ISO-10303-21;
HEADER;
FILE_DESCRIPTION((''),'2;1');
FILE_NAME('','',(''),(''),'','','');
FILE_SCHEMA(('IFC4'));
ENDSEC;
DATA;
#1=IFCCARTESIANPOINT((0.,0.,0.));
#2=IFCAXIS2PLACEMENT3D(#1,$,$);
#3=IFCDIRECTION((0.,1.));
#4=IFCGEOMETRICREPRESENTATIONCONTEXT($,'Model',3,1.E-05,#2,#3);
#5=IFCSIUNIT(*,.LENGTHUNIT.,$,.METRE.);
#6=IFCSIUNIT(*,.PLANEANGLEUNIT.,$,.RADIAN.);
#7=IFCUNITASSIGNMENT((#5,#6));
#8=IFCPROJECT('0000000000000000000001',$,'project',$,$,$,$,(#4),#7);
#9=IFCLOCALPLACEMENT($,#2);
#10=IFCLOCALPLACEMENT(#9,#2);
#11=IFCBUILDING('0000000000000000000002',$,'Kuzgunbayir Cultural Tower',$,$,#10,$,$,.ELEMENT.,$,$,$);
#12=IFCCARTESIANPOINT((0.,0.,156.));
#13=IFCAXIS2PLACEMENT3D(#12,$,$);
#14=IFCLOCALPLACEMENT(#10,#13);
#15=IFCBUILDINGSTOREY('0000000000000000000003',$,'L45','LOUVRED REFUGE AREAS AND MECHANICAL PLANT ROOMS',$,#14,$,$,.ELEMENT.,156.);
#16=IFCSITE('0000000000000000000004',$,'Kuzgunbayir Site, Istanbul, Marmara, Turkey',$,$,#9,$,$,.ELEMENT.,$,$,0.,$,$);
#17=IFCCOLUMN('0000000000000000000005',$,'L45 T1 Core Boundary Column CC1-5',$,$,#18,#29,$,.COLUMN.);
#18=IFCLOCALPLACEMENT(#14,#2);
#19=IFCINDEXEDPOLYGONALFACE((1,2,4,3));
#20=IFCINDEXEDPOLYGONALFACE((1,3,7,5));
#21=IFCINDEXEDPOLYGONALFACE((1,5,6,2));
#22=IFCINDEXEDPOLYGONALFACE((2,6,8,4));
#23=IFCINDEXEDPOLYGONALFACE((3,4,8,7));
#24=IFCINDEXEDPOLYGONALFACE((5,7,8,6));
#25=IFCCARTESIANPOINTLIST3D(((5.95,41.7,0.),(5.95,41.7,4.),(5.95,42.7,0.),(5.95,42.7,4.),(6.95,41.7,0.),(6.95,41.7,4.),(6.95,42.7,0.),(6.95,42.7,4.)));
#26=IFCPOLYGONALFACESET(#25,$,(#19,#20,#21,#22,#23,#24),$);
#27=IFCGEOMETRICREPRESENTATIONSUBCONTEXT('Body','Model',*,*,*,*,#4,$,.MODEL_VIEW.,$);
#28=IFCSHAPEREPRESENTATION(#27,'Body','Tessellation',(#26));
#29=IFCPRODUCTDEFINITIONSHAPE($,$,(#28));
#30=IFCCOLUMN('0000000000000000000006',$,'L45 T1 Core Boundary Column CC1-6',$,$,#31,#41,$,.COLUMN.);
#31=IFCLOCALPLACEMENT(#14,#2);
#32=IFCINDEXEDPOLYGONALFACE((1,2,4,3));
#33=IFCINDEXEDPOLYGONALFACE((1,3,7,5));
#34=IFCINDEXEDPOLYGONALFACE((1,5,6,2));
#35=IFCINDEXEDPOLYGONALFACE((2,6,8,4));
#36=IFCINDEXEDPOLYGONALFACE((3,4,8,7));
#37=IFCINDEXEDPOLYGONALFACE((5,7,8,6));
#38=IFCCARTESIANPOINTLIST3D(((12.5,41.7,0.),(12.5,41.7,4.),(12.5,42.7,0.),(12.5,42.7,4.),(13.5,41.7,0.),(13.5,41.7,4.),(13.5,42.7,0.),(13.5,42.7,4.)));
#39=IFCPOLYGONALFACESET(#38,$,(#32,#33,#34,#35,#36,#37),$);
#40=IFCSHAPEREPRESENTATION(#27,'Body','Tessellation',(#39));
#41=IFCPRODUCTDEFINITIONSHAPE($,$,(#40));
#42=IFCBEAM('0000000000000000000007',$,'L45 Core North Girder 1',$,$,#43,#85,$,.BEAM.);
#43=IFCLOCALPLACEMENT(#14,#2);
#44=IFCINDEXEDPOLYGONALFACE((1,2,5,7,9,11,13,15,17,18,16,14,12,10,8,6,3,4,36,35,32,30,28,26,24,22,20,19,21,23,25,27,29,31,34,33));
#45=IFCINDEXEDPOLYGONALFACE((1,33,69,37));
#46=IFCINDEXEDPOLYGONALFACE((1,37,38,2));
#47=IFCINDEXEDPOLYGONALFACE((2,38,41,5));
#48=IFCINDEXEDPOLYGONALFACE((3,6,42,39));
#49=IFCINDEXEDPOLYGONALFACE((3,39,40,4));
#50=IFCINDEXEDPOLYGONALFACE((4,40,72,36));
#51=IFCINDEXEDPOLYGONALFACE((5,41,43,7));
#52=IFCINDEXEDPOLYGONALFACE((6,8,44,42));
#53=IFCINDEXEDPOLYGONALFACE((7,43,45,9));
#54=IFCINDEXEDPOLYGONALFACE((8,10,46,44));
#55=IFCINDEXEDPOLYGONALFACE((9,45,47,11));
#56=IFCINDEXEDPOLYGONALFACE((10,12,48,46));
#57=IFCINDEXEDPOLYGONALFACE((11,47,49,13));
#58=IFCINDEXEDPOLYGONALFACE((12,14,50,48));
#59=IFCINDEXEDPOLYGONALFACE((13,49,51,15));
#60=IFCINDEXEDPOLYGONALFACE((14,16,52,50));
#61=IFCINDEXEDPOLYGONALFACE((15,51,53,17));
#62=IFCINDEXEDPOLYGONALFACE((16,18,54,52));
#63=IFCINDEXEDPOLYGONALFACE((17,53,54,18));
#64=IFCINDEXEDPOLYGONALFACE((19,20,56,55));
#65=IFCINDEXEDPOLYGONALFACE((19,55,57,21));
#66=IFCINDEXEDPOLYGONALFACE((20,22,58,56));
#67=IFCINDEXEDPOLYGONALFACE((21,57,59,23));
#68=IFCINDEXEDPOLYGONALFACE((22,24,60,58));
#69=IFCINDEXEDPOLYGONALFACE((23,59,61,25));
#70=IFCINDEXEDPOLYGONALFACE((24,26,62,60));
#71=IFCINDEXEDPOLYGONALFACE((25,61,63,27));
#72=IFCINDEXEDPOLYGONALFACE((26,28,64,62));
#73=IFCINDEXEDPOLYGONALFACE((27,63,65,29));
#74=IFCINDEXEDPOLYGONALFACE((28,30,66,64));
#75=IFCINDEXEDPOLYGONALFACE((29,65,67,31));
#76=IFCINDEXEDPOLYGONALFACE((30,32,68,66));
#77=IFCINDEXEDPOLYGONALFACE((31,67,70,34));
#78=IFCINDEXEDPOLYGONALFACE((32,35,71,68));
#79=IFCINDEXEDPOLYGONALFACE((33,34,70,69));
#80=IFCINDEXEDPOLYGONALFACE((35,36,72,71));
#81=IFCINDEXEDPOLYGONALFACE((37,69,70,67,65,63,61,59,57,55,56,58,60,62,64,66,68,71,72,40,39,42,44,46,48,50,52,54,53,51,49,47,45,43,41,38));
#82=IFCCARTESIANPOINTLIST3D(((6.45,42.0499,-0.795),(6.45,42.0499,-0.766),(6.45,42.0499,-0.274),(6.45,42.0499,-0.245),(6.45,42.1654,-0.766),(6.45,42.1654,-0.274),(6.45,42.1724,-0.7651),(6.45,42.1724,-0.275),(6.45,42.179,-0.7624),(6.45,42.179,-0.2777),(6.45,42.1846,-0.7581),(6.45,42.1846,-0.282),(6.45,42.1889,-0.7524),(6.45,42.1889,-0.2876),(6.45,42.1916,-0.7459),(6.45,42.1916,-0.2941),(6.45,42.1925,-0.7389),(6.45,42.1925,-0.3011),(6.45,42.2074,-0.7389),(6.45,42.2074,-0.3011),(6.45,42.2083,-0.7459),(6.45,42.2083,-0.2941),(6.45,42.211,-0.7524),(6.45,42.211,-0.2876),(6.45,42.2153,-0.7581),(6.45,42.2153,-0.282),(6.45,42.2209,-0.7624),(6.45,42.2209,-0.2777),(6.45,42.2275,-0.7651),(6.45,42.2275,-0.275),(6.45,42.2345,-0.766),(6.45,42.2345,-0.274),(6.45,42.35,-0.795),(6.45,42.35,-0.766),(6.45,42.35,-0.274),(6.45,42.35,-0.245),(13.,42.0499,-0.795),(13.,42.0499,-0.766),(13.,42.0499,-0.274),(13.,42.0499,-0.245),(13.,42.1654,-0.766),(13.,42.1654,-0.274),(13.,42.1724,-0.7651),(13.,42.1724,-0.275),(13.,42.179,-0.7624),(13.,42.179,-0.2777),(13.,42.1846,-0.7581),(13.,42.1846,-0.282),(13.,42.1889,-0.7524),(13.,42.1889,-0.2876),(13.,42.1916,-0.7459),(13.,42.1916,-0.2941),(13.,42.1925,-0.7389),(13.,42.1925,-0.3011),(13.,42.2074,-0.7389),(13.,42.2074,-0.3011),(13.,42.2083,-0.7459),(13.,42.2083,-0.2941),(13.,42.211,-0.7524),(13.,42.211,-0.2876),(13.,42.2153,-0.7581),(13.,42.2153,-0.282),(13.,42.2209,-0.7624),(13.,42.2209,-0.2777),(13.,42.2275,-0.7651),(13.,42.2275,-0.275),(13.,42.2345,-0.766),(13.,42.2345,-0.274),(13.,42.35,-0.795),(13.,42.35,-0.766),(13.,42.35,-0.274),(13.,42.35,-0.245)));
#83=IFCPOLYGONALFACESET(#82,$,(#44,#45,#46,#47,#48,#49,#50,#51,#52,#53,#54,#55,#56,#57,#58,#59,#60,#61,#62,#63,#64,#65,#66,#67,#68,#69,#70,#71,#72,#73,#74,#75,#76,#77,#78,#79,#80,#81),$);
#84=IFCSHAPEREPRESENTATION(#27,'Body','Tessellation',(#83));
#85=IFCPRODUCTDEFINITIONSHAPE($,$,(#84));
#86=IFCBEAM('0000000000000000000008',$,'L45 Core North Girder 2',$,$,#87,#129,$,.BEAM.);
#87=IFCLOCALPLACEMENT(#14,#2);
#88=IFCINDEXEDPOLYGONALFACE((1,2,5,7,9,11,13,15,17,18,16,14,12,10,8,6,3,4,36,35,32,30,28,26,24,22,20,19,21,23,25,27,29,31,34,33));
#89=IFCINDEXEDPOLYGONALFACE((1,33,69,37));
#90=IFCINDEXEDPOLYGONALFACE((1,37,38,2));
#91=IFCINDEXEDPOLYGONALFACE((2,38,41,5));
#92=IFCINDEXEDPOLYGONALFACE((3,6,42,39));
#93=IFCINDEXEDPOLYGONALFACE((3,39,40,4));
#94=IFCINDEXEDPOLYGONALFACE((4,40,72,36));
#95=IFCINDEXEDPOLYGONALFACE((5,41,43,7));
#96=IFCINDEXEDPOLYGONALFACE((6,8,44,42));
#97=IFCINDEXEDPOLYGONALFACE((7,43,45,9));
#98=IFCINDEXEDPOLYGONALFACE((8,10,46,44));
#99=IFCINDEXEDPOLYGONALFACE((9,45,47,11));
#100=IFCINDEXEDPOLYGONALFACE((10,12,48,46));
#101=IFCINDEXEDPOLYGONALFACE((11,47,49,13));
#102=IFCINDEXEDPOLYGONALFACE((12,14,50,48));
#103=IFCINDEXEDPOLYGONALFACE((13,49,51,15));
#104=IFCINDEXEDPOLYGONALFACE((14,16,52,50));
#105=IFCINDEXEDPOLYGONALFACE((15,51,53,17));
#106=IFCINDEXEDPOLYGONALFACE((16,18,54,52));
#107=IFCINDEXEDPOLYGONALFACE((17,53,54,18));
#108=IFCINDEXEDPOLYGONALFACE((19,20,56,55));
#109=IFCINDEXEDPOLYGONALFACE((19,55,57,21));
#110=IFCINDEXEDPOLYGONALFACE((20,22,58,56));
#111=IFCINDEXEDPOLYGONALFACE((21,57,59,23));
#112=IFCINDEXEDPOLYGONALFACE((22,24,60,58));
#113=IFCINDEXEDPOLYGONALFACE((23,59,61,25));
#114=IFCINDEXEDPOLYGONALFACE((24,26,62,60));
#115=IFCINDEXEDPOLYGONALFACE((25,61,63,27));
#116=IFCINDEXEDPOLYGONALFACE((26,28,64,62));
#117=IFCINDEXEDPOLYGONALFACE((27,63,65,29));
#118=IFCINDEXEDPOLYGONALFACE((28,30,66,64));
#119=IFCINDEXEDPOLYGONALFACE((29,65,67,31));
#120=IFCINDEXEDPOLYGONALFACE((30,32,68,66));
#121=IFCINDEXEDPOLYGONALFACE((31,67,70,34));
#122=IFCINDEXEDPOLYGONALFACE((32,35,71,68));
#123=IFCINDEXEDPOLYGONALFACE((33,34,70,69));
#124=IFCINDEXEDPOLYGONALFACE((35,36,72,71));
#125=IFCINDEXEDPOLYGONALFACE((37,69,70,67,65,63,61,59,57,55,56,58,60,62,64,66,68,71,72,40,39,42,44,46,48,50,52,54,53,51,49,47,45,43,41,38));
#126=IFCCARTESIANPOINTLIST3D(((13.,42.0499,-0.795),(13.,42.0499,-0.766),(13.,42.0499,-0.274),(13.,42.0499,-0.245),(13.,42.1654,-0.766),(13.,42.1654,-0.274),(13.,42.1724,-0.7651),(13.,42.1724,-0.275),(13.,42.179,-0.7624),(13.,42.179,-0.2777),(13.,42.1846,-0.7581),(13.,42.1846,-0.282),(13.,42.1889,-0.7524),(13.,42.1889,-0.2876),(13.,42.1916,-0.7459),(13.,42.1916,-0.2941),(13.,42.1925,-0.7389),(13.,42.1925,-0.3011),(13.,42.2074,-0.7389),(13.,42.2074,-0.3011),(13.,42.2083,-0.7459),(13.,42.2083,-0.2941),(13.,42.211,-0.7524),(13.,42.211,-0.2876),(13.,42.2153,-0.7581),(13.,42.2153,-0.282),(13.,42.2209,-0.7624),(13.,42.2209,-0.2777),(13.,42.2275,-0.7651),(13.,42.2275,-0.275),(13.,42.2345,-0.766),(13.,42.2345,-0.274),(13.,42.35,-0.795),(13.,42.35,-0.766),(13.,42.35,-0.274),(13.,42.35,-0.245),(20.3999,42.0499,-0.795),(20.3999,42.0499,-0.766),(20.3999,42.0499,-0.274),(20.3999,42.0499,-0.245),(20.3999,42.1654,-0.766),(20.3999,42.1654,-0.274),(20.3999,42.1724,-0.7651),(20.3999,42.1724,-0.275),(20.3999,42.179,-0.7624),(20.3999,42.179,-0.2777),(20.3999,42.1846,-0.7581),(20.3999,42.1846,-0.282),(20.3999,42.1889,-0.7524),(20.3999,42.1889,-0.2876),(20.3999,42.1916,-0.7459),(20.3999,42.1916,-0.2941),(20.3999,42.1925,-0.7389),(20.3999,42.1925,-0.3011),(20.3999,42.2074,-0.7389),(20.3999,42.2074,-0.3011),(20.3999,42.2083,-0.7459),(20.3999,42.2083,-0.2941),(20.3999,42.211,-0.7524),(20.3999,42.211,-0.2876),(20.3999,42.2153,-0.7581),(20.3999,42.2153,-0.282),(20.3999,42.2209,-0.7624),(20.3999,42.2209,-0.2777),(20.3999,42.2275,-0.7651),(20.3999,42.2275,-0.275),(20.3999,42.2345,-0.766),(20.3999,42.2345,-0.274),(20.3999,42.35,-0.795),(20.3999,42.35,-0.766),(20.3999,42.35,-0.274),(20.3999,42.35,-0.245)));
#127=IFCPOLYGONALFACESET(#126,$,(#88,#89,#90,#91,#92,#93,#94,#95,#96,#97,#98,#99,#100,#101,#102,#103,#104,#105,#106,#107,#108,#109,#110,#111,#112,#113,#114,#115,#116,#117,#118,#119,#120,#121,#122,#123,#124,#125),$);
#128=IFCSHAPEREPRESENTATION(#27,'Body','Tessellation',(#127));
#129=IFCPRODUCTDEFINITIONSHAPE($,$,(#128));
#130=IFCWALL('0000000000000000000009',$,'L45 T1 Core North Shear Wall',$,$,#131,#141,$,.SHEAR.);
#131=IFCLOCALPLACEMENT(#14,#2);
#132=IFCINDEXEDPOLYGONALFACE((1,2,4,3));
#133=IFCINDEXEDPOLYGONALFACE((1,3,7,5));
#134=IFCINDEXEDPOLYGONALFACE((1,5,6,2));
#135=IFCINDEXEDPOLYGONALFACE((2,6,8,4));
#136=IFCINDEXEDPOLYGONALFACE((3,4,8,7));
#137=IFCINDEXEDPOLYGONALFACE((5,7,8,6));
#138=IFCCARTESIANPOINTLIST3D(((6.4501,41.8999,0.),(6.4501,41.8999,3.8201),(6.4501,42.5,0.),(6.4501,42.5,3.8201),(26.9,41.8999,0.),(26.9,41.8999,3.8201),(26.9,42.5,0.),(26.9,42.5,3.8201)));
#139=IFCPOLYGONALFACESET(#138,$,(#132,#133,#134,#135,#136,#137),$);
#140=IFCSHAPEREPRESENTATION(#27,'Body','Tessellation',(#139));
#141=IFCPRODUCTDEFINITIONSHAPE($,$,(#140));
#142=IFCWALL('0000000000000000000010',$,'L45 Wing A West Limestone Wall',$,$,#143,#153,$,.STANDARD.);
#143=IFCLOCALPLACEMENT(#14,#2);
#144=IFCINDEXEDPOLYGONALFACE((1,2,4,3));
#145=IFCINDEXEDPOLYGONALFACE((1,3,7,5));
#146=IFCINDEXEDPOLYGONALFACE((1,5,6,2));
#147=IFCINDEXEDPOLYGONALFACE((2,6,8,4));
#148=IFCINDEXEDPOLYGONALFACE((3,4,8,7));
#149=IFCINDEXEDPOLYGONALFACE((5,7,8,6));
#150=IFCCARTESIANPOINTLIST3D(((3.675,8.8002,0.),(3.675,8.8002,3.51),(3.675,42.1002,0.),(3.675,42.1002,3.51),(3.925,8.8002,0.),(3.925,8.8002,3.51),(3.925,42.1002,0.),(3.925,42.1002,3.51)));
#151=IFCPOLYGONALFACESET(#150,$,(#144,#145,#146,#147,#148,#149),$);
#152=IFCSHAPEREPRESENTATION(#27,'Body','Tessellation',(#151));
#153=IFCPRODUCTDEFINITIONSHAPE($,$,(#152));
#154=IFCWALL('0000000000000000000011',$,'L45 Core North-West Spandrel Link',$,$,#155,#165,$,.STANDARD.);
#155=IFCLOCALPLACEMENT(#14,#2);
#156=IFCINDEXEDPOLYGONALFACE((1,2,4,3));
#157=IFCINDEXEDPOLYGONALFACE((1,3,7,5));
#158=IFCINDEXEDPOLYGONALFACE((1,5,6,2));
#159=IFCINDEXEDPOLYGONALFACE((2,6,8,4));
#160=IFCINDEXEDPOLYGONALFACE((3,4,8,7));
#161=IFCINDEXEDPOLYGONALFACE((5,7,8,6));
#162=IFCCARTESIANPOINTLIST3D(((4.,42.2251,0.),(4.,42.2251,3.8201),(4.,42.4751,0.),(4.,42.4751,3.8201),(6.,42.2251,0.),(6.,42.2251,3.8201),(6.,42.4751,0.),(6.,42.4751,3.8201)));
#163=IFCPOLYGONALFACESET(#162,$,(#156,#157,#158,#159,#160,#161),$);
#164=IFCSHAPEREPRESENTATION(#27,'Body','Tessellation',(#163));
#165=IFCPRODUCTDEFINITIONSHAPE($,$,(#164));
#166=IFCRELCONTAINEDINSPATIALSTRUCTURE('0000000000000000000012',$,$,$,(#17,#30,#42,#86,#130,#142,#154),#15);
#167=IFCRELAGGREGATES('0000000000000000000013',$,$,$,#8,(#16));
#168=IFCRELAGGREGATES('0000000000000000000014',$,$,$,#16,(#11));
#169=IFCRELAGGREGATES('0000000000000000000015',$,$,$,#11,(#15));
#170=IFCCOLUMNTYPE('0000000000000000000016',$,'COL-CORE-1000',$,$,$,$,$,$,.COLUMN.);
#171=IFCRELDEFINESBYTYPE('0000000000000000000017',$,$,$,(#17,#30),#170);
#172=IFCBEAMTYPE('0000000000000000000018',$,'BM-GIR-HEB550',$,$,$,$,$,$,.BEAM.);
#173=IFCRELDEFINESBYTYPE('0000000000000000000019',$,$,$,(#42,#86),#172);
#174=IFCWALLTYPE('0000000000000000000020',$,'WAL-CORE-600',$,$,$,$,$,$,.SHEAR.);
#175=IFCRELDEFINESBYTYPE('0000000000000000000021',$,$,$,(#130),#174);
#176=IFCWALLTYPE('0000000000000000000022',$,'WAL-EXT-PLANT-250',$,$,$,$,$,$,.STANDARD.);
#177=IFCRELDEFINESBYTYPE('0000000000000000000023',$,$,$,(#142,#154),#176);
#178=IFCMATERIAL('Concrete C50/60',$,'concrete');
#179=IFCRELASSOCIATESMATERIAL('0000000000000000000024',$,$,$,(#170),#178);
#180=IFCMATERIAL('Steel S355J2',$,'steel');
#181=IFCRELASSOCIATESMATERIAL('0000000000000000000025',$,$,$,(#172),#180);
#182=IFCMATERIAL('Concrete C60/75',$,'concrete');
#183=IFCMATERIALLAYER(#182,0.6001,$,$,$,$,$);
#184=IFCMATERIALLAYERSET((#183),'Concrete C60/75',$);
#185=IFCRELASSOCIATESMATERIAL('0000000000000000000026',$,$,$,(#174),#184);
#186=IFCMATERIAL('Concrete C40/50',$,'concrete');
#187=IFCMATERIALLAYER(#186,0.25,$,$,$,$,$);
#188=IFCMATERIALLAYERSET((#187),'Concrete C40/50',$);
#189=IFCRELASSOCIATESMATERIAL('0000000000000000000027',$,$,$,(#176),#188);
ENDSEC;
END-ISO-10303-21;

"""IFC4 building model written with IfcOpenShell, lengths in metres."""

from ifc_helpers import new_model, si_unit, direction, frame, frame_2d, origin, origin_2d, place, context, subcontext, project, spatial, rectangle, i_section, extrude, material, layer, layer_set, material_profile, profile_set, type_object, element, save


model = new_model("IFC4")

# Units and contexts
model_context = context("Model", 3, precision=1e-05, world=origin(), true_north=direction((0.0, 1.0)))
body_context = subcontext(model_context, "Body", "Model", "MODEL_VIEW")
ifc_project = project(units=[si_unit("LENGTHUNIT", "METRE"), si_unit("PLANEANGLEUNIT", "RADIAN")], contexts=[model_context])

# Site, building, storey
site_placement = place(None, origin())
site = spatial("IfcSite", under=ifc_project, at=site_placement, Name="Kuzgunbayir Site, Istanbul, Marmara, Turkey", CompositionType="ELEMENT", RefElevation=0.0)
building_placement = place(site_placement, origin())
building = spatial("IfcBuilding", under=site, at=building_placement, Name="Kuzgunbayir Cultural Tower", CompositionType="ELEMENT")
storey_placement = place(building_placement, frame((0.0, 0.0, 156.0)))
storey = spatial("IfcBuildingStorey", under=building, at=storey_placement, Name="L45", Description="LOUVRED REFUGE AREAS AND MECHANICAL PLANT ROOMS", CompositionType="ELEMENT", Elevation=156.0)

# Columns
ifc_material_1 = material(Name="Concrete C50/60", Category="concrete")
ifc_material_profile_1 = material_profile(ifc_material_1, rectangle(XDim=1.0, YDim=1.0, at=origin_2d()), Name="RC 1000x1000")
ifc_profile_set_1 = profile_set([ifc_material_profile_1], Name="Concrete C50/60")
column_type = type_object("IfcColumnType", Name="COL-CORE-1000", PredefinedType="COLUMN", material=ifc_profile_set_1)
for number, where, z_axis, x_axis, name in (
    (1, (6.45, 42.2, 0.0), (0.0, 0.0, 1.0), (1.0, 0.0, 0.0), "L45 T1 Core Boundary Column CC1-5"),
    (2, (13.0, 42.2, 0.0), (0.0, 0.0, 1.0), (1.0, 0.0, 0.0), "L45 T1 Core Boundary Column CC1-6"),
):
    element("IfcColumn", number, at=place(storey_placement, frame(where, z_axis=z_axis, x_axis=x_axis)), inside=storey, type_object=column_type, Name=name, PredefinedType="COLUMN", context=body_context, shape_type="SweptSolid", body=[
        extrude(rectangle(XDim=1.0, YDim=1.0, at=origin_2d()), origin(), (0.0, 0.0, 1.0), 4.0),
    ])

# Beams
ifc_material_2 = material(Name="Steel S355J2", Category="steel")
ifc_material_profile_2 = material_profile(ifc_material_2, i_section(OverallWidth=0.3, OverallDepth=0.55, WebThickness=0.0149, FlangeThickness=0.0291, FilletRadius=0.0271, at=origin_2d()), Name="HEB 550")
ifc_profile_set_2 = profile_set([ifc_material_profile_2], Name="Steel S355J2")
beam_type = type_object("IfcBeamType", Name="BM-GIR-HEB550", PredefinedType="BEAM", material=ifc_profile_set_2)
beam_1_placement = place(storey_placement, frame((6.45, 42.2, -0.52), z_axis=(1.0, 0.0, 0.0), x_axis=(0.0, 1.0, 0.0)))
element("IfcBeam", 3, at=beam_1_placement, inside=storey, type_object=beam_type, Name="L45 Core North Girder 1", PredefinedType="BEAM", context=body_context, shape_type="SweptSolid", body=[
    extrude(i_section(OverallWidth=0.3, OverallDepth=0.55, WebThickness=0.0149, FlangeThickness=0.0291, FilletRadius=0.0271, at=origin_2d()), origin(), (0.0, 0.0, 1.0), 6.55),
])
beam_2_placement = place(storey_placement, frame((13.0, 42.2, -0.52), z_axis=(1.0, 0.0, 0.0), x_axis=(0.0, 1.0, 0.0)))
element("IfcBeam", 4, at=beam_2_placement, inside=storey, type_object=beam_type, Name="L45 Core North Girder 2", PredefinedType="BEAM", context=body_context, shape_type="SweptSolid", body=[
    extrude(i_section(OverallWidth=0.3, OverallDepth=0.55, WebThickness=0.0149, FlangeThickness=0.0291, FilletRadius=0.0271, at=origin_2d()), origin(), (0.0, 0.0, 1.0), 7.3999),
])

# Walls
ifc_material_3 = material(Name="Concrete C60/75", Category="concrete")
ifc_layer_1 = layer(ifc_material_3, 0.6001)
ifc_layer_set_1 = layer_set([ifc_layer_1], Name="Concrete C60/75")
wall_type_1 = type_object("IfcWallType", Name="WAL-CORE-600", PredefinedType="SHEAR", material=ifc_layer_set_1)
wall_1_placement = place(storey_placement, frame((6.45, 42.2, 0.0), z_axis=(0.0, 0.0, 1.0), x_axis=(1.0, 0.0, 0.0)))
element("IfcWall", 5, at=wall_1_placement, inside=storey, type_object=wall_type_1, Name="L45 T1 Core North Shear Wall", PredefinedType="SHEAR", context=body_context, shape_type="SweptSolid", body=[
    extrude(rectangle(XDim=20.45, YDim=0.6001, at=frame_2d((10.2251, 0.0))), origin(), (0.0, 0.0, 1.0), 3.8201),
])
ifc_material_4 = material(Name="Concrete C40/50", Category="concrete")
ifc_layer_2 = layer(ifc_material_4, 0.25)
ifc_layer_set_2 = layer_set([ifc_layer_2], Name="Concrete C40/50")
wall_type_2 = type_object("IfcWallType", Name="WAL-EXT-PLANT-250", PredefinedType="STANDARD", material=ifc_layer_set_2)
wall_2_placement = place(storey_placement, frame((3.8, 42.1001, 0.0), z_axis=(0.0, 0.0, 1.0), x_axis=(0.0, -1.0, 0.0)))
element("IfcWall", 6, at=wall_2_placement, inside=storey, type_object=wall_type_2, Name="L45 Wing A West Limestone Wall", PredefinedType="STANDARD", context=body_context, shape_type="SweptSolid", body=[
    extrude(rectangle(XDim=33.3, YDim=0.25, at=frame_2d((16.6499, 0.0))), origin(), (0.0, 0.0, 1.0), 3.51),
])
wall_3_placement = place(storey_placement, frame((6.0, 42.3501, 0.0), z_axis=(0.0, 0.0, 1.0), x_axis=(-1.0, 0.0, 0.0)))
element("IfcWall", 7, at=wall_3_placement, inside=storey, type_object=wall_type_2, Name="L45 Core North-West Spandrel Link", PredefinedType="STANDARD", context=body_context, shape_type="SweptSolid", body=[
    extrude(rectangle(XDim=2.0, YDim=0.25, at=frame_2d((1.0, 0.0))), origin(), (0.0, 0.0, 1.0), 3.8201),
])

save(model, "model.ifc")
